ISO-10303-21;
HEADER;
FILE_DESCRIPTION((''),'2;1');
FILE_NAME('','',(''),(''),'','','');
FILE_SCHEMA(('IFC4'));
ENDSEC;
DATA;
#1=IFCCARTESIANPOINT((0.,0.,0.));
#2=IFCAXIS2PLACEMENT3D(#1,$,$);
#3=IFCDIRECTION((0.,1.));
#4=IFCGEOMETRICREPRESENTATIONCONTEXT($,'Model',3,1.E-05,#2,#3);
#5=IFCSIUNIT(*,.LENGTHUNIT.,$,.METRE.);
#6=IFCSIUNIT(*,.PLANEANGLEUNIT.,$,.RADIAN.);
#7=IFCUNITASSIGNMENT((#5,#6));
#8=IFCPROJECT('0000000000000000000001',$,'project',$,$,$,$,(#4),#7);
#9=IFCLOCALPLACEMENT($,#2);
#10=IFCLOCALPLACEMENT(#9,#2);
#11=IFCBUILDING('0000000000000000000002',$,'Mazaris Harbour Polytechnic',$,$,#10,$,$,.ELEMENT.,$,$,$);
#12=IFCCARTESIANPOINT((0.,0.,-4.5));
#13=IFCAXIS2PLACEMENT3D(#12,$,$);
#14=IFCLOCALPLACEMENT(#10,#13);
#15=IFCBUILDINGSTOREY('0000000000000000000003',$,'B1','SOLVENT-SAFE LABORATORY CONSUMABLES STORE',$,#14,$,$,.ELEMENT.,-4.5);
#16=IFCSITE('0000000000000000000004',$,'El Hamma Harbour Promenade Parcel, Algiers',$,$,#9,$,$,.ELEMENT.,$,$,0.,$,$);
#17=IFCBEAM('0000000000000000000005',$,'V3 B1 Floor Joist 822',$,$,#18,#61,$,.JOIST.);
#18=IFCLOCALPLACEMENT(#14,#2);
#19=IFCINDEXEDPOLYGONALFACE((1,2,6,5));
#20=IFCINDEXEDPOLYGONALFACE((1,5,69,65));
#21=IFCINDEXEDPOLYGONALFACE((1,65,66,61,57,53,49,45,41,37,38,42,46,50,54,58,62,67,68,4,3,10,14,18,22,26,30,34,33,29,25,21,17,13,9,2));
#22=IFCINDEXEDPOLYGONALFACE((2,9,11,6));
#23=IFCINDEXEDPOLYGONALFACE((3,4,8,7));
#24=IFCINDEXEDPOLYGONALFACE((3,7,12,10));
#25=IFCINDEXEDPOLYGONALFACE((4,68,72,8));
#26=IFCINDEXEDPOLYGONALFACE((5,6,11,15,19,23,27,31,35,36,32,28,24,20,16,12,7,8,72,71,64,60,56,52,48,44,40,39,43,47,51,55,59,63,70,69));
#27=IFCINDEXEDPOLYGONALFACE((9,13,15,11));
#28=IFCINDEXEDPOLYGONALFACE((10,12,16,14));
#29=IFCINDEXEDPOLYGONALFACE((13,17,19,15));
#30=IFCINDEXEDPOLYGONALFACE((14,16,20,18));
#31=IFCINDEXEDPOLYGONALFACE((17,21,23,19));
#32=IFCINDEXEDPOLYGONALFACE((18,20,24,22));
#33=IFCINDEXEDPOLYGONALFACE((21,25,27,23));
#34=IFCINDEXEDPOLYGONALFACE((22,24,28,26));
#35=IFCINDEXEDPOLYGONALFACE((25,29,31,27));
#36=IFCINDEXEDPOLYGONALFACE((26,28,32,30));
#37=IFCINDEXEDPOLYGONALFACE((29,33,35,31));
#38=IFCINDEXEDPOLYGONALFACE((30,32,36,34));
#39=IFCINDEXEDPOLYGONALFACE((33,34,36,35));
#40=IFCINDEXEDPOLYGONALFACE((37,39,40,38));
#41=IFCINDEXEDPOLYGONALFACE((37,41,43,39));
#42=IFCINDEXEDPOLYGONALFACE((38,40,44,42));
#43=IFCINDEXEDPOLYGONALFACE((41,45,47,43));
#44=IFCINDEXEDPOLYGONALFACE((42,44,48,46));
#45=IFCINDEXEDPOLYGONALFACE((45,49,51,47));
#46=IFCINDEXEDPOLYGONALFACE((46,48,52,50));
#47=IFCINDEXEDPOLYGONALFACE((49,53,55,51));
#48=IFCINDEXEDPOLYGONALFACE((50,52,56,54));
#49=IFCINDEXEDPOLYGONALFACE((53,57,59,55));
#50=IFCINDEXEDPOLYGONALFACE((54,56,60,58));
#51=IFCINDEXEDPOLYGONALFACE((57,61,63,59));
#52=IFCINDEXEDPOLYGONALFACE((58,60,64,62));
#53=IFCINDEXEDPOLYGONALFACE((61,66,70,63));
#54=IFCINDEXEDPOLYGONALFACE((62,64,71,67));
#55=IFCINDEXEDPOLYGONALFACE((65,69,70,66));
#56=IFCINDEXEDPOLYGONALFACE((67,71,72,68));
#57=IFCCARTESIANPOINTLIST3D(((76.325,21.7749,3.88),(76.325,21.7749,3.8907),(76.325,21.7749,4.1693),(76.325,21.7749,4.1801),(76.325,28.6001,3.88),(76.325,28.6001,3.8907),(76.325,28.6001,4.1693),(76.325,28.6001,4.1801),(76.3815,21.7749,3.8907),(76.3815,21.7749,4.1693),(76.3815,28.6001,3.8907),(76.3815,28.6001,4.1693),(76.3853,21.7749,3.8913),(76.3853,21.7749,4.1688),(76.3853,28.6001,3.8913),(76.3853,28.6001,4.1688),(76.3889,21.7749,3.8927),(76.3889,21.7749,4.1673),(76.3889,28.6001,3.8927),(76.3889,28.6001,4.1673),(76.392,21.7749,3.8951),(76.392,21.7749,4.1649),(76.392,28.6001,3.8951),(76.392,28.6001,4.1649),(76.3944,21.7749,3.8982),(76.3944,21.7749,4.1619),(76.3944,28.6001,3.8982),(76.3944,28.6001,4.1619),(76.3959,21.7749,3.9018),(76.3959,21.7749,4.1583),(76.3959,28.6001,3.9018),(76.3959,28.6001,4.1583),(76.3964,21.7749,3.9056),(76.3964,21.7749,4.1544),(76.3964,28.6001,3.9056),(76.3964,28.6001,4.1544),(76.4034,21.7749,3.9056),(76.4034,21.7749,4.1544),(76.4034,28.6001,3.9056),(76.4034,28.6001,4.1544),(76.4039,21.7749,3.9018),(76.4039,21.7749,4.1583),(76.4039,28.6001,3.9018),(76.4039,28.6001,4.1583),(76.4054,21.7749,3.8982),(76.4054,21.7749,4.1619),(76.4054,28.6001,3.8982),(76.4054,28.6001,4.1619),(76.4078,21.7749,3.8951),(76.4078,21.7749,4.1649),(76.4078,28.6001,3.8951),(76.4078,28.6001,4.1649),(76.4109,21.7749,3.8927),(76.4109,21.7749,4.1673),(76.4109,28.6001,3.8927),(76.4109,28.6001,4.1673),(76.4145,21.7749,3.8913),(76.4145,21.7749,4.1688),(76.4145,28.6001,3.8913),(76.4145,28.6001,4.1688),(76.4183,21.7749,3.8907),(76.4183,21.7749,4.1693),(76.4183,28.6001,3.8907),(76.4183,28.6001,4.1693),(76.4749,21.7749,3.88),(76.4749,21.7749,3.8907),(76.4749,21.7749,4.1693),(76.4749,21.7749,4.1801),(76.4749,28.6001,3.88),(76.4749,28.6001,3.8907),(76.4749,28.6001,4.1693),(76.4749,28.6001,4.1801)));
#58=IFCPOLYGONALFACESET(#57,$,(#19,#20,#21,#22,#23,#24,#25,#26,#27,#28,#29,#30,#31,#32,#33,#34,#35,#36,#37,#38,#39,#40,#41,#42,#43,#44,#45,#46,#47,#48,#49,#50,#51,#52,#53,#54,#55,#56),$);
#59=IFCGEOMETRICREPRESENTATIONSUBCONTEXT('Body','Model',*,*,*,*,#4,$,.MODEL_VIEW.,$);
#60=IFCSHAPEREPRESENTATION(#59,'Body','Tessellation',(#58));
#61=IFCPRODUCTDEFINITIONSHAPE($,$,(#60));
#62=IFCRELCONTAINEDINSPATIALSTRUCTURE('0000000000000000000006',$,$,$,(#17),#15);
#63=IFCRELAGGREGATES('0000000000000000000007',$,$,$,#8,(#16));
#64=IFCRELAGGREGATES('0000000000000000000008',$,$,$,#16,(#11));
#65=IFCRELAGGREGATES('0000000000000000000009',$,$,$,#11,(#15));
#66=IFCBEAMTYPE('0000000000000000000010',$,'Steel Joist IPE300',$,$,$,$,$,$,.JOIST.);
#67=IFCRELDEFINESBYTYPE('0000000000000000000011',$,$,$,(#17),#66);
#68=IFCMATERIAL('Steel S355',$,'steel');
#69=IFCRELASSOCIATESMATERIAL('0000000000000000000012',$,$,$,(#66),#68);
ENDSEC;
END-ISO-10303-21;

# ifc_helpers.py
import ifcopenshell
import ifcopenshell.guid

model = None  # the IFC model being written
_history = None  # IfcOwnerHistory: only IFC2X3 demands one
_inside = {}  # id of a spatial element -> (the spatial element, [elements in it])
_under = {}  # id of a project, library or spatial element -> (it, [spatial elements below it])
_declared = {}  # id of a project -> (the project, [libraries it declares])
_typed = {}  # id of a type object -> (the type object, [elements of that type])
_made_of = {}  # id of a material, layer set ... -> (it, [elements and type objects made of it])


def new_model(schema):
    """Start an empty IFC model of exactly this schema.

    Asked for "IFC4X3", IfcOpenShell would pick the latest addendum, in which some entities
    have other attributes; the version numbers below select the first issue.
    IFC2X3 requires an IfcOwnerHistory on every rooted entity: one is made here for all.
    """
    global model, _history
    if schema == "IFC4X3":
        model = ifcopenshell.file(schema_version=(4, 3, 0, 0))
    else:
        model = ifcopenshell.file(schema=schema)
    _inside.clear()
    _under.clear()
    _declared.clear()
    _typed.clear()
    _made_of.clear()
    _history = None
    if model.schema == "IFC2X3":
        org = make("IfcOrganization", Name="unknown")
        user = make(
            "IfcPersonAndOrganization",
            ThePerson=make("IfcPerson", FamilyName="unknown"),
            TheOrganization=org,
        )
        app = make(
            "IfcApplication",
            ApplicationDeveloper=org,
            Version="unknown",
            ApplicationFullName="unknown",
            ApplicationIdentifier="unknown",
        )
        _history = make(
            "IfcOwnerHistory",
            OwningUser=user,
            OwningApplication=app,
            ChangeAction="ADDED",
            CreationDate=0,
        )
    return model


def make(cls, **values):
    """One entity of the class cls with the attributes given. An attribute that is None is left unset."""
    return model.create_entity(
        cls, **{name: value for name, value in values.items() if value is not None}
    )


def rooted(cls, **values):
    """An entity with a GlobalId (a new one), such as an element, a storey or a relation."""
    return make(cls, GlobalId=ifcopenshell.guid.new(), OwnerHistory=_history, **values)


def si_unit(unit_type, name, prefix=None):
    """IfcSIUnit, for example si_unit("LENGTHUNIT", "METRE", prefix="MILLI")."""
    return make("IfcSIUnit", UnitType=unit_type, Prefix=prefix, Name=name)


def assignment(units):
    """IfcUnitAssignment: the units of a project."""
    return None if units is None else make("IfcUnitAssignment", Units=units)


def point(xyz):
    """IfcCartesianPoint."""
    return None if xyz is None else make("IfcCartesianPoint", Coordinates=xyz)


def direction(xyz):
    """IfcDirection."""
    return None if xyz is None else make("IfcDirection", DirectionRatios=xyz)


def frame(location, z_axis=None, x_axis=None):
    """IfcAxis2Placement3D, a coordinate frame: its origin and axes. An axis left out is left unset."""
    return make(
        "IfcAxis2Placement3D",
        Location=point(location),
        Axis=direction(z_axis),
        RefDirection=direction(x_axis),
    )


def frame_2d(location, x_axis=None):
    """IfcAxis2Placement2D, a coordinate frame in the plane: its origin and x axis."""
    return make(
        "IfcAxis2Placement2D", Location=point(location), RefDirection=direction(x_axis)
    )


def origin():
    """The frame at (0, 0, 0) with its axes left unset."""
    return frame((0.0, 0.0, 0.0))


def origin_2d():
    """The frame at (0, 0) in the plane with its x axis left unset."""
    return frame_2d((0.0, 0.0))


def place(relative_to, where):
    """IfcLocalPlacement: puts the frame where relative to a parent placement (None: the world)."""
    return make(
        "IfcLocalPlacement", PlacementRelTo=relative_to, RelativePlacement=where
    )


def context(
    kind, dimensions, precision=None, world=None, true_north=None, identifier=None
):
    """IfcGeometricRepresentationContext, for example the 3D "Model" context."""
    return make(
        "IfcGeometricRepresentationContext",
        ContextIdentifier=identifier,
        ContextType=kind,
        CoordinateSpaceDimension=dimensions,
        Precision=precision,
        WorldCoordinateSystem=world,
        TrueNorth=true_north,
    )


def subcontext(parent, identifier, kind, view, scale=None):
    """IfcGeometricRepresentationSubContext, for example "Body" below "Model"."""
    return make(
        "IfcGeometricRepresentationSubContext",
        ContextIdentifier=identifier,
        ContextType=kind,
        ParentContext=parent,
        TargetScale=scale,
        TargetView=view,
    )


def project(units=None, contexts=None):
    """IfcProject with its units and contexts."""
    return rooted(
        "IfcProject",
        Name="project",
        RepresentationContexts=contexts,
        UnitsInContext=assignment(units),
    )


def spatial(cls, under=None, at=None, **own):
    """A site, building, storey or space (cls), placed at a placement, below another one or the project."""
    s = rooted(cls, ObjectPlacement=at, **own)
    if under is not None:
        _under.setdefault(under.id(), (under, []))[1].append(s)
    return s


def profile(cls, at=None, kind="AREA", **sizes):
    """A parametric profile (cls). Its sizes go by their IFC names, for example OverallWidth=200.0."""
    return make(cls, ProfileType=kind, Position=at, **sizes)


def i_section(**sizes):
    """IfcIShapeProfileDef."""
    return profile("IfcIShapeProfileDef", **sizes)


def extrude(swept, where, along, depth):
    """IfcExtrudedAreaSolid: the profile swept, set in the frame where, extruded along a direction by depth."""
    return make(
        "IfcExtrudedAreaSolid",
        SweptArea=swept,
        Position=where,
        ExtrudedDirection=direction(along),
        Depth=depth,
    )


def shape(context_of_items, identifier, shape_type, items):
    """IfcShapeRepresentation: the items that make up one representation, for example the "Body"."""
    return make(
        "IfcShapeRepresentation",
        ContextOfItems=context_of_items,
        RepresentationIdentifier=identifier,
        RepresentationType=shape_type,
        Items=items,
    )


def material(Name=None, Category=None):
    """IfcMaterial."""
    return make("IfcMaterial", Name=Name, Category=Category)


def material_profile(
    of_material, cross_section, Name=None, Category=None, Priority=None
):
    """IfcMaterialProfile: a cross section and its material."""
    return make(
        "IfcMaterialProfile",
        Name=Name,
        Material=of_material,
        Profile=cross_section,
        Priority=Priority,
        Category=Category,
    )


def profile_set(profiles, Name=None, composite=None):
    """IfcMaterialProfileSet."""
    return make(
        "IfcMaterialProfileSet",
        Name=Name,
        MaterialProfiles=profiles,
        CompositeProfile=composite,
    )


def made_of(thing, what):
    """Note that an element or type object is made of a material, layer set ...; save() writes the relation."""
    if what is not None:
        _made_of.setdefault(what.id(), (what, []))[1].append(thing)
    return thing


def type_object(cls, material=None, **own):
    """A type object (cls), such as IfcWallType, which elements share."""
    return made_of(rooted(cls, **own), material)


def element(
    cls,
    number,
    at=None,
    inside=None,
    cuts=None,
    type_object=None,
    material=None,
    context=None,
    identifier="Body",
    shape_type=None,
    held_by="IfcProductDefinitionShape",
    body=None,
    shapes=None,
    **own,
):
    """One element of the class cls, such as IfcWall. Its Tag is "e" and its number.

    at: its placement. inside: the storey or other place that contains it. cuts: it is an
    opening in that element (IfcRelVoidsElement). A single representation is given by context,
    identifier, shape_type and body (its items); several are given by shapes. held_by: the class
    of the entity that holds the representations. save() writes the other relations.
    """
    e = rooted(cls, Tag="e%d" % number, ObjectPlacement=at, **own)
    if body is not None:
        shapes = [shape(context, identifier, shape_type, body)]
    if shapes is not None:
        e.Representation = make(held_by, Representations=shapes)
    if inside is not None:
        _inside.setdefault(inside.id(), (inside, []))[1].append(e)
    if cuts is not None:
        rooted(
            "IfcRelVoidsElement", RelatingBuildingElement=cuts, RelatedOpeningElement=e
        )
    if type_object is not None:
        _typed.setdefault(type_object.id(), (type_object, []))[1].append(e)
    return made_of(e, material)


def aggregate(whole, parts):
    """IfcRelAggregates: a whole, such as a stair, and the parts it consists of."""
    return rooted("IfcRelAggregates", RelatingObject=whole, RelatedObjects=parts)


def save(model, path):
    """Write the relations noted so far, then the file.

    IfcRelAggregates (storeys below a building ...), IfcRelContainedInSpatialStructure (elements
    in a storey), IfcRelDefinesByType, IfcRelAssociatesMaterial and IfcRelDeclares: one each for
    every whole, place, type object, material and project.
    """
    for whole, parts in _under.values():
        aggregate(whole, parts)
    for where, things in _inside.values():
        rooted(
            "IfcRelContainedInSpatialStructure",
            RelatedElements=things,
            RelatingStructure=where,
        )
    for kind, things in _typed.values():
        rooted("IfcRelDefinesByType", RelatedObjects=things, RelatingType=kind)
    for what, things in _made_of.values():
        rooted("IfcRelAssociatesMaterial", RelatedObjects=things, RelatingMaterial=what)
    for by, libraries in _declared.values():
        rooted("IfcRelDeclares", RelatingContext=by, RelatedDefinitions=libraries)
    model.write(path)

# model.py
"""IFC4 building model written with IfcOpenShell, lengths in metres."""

from ifc_helpers import new_model, si_unit, direction, frame, origin, origin_2d, place, context, subcontext, project, spatial, i_section, extrude, material, material_profile, profile_set, type_object, element, save


model = new_model("IFC4")

# Units and contexts
model_context = context("Model", 3, precision=1e-05, world=origin(), true_north=direction((0.0, 1.0)))
body_context = subcontext(model_context, "Body", "Model", "MODEL_VIEW")
ifc_project = project(units=[si_unit("LENGTHUNIT", "METRE"), si_unit("PLANEANGLEUNIT", "RADIAN")], contexts=[model_context])

# Site, building, storey
site_placement = place(None, origin())
site = spatial("IfcSite", under=ifc_project, at=site_placement, Name="El Hamma Harbour Promenade Parcel, Algiers", CompositionType="ELEMENT", RefElevation=0.0)
building_placement = place(site_placement, origin())
building = spatial("IfcBuilding", under=site, at=building_placement, Name="Mazaris Harbour Polytechnic", CompositionType="ELEMENT")
storey_placement = place(building_placement, frame((0.0, 0.0, -4.5)))
storey = spatial("IfcBuildingStorey", under=building, at=storey_placement, Name="B1", Description="SOLVENT-SAFE LABORATORY CONSUMABLES STORE", CompositionType="ELEMENT", Elevation=-4.5)

# Beam
ifc_material_1 = material(Name="Steel S355", Category="steel")
ifc_material_profile_1 = material_profile(ifc_material_1, i_section(OverallWidth=0.1499, OverallDepth=0.3, WebThickness=0.0071, FlangeThickness=0.0107, FilletRadius=0.0149, at=origin_2d()), Name="IPE 300")
ifc_profile_set_1 = profile_set([ifc_material_profile_1], Name="Steel S355")
beam_type_1 = type_object("IfcBeamType", Name="Steel Joist IPE300", PredefinedType="JOIST", material=ifc_profile_set_1)
beam_1_placement = place(storey_placement, frame((76.3999, 21.7749, 4.03), z_axis=(0.0, 1.0, 0.0), x_axis=(-1.0, 0.0, 0.0)))
element("IfcBeam", 1, at=beam_1_placement, inside=storey, type_object=beam_type_1, Name="V3 B1 Floor Joist 822", PredefinedType="JOIST", context=body_context, shape_type="SweptSolid", body=[
    extrude(i_section(OverallWidth=0.1499, OverallDepth=0.3, WebThickness=0.0071, FlangeThickness=0.0107, FilletRadius=0.0149, at=origin_2d()), origin(), (0.0, 0.0, 1.0), 6.8252),
])

save(model, "model.ifc")
